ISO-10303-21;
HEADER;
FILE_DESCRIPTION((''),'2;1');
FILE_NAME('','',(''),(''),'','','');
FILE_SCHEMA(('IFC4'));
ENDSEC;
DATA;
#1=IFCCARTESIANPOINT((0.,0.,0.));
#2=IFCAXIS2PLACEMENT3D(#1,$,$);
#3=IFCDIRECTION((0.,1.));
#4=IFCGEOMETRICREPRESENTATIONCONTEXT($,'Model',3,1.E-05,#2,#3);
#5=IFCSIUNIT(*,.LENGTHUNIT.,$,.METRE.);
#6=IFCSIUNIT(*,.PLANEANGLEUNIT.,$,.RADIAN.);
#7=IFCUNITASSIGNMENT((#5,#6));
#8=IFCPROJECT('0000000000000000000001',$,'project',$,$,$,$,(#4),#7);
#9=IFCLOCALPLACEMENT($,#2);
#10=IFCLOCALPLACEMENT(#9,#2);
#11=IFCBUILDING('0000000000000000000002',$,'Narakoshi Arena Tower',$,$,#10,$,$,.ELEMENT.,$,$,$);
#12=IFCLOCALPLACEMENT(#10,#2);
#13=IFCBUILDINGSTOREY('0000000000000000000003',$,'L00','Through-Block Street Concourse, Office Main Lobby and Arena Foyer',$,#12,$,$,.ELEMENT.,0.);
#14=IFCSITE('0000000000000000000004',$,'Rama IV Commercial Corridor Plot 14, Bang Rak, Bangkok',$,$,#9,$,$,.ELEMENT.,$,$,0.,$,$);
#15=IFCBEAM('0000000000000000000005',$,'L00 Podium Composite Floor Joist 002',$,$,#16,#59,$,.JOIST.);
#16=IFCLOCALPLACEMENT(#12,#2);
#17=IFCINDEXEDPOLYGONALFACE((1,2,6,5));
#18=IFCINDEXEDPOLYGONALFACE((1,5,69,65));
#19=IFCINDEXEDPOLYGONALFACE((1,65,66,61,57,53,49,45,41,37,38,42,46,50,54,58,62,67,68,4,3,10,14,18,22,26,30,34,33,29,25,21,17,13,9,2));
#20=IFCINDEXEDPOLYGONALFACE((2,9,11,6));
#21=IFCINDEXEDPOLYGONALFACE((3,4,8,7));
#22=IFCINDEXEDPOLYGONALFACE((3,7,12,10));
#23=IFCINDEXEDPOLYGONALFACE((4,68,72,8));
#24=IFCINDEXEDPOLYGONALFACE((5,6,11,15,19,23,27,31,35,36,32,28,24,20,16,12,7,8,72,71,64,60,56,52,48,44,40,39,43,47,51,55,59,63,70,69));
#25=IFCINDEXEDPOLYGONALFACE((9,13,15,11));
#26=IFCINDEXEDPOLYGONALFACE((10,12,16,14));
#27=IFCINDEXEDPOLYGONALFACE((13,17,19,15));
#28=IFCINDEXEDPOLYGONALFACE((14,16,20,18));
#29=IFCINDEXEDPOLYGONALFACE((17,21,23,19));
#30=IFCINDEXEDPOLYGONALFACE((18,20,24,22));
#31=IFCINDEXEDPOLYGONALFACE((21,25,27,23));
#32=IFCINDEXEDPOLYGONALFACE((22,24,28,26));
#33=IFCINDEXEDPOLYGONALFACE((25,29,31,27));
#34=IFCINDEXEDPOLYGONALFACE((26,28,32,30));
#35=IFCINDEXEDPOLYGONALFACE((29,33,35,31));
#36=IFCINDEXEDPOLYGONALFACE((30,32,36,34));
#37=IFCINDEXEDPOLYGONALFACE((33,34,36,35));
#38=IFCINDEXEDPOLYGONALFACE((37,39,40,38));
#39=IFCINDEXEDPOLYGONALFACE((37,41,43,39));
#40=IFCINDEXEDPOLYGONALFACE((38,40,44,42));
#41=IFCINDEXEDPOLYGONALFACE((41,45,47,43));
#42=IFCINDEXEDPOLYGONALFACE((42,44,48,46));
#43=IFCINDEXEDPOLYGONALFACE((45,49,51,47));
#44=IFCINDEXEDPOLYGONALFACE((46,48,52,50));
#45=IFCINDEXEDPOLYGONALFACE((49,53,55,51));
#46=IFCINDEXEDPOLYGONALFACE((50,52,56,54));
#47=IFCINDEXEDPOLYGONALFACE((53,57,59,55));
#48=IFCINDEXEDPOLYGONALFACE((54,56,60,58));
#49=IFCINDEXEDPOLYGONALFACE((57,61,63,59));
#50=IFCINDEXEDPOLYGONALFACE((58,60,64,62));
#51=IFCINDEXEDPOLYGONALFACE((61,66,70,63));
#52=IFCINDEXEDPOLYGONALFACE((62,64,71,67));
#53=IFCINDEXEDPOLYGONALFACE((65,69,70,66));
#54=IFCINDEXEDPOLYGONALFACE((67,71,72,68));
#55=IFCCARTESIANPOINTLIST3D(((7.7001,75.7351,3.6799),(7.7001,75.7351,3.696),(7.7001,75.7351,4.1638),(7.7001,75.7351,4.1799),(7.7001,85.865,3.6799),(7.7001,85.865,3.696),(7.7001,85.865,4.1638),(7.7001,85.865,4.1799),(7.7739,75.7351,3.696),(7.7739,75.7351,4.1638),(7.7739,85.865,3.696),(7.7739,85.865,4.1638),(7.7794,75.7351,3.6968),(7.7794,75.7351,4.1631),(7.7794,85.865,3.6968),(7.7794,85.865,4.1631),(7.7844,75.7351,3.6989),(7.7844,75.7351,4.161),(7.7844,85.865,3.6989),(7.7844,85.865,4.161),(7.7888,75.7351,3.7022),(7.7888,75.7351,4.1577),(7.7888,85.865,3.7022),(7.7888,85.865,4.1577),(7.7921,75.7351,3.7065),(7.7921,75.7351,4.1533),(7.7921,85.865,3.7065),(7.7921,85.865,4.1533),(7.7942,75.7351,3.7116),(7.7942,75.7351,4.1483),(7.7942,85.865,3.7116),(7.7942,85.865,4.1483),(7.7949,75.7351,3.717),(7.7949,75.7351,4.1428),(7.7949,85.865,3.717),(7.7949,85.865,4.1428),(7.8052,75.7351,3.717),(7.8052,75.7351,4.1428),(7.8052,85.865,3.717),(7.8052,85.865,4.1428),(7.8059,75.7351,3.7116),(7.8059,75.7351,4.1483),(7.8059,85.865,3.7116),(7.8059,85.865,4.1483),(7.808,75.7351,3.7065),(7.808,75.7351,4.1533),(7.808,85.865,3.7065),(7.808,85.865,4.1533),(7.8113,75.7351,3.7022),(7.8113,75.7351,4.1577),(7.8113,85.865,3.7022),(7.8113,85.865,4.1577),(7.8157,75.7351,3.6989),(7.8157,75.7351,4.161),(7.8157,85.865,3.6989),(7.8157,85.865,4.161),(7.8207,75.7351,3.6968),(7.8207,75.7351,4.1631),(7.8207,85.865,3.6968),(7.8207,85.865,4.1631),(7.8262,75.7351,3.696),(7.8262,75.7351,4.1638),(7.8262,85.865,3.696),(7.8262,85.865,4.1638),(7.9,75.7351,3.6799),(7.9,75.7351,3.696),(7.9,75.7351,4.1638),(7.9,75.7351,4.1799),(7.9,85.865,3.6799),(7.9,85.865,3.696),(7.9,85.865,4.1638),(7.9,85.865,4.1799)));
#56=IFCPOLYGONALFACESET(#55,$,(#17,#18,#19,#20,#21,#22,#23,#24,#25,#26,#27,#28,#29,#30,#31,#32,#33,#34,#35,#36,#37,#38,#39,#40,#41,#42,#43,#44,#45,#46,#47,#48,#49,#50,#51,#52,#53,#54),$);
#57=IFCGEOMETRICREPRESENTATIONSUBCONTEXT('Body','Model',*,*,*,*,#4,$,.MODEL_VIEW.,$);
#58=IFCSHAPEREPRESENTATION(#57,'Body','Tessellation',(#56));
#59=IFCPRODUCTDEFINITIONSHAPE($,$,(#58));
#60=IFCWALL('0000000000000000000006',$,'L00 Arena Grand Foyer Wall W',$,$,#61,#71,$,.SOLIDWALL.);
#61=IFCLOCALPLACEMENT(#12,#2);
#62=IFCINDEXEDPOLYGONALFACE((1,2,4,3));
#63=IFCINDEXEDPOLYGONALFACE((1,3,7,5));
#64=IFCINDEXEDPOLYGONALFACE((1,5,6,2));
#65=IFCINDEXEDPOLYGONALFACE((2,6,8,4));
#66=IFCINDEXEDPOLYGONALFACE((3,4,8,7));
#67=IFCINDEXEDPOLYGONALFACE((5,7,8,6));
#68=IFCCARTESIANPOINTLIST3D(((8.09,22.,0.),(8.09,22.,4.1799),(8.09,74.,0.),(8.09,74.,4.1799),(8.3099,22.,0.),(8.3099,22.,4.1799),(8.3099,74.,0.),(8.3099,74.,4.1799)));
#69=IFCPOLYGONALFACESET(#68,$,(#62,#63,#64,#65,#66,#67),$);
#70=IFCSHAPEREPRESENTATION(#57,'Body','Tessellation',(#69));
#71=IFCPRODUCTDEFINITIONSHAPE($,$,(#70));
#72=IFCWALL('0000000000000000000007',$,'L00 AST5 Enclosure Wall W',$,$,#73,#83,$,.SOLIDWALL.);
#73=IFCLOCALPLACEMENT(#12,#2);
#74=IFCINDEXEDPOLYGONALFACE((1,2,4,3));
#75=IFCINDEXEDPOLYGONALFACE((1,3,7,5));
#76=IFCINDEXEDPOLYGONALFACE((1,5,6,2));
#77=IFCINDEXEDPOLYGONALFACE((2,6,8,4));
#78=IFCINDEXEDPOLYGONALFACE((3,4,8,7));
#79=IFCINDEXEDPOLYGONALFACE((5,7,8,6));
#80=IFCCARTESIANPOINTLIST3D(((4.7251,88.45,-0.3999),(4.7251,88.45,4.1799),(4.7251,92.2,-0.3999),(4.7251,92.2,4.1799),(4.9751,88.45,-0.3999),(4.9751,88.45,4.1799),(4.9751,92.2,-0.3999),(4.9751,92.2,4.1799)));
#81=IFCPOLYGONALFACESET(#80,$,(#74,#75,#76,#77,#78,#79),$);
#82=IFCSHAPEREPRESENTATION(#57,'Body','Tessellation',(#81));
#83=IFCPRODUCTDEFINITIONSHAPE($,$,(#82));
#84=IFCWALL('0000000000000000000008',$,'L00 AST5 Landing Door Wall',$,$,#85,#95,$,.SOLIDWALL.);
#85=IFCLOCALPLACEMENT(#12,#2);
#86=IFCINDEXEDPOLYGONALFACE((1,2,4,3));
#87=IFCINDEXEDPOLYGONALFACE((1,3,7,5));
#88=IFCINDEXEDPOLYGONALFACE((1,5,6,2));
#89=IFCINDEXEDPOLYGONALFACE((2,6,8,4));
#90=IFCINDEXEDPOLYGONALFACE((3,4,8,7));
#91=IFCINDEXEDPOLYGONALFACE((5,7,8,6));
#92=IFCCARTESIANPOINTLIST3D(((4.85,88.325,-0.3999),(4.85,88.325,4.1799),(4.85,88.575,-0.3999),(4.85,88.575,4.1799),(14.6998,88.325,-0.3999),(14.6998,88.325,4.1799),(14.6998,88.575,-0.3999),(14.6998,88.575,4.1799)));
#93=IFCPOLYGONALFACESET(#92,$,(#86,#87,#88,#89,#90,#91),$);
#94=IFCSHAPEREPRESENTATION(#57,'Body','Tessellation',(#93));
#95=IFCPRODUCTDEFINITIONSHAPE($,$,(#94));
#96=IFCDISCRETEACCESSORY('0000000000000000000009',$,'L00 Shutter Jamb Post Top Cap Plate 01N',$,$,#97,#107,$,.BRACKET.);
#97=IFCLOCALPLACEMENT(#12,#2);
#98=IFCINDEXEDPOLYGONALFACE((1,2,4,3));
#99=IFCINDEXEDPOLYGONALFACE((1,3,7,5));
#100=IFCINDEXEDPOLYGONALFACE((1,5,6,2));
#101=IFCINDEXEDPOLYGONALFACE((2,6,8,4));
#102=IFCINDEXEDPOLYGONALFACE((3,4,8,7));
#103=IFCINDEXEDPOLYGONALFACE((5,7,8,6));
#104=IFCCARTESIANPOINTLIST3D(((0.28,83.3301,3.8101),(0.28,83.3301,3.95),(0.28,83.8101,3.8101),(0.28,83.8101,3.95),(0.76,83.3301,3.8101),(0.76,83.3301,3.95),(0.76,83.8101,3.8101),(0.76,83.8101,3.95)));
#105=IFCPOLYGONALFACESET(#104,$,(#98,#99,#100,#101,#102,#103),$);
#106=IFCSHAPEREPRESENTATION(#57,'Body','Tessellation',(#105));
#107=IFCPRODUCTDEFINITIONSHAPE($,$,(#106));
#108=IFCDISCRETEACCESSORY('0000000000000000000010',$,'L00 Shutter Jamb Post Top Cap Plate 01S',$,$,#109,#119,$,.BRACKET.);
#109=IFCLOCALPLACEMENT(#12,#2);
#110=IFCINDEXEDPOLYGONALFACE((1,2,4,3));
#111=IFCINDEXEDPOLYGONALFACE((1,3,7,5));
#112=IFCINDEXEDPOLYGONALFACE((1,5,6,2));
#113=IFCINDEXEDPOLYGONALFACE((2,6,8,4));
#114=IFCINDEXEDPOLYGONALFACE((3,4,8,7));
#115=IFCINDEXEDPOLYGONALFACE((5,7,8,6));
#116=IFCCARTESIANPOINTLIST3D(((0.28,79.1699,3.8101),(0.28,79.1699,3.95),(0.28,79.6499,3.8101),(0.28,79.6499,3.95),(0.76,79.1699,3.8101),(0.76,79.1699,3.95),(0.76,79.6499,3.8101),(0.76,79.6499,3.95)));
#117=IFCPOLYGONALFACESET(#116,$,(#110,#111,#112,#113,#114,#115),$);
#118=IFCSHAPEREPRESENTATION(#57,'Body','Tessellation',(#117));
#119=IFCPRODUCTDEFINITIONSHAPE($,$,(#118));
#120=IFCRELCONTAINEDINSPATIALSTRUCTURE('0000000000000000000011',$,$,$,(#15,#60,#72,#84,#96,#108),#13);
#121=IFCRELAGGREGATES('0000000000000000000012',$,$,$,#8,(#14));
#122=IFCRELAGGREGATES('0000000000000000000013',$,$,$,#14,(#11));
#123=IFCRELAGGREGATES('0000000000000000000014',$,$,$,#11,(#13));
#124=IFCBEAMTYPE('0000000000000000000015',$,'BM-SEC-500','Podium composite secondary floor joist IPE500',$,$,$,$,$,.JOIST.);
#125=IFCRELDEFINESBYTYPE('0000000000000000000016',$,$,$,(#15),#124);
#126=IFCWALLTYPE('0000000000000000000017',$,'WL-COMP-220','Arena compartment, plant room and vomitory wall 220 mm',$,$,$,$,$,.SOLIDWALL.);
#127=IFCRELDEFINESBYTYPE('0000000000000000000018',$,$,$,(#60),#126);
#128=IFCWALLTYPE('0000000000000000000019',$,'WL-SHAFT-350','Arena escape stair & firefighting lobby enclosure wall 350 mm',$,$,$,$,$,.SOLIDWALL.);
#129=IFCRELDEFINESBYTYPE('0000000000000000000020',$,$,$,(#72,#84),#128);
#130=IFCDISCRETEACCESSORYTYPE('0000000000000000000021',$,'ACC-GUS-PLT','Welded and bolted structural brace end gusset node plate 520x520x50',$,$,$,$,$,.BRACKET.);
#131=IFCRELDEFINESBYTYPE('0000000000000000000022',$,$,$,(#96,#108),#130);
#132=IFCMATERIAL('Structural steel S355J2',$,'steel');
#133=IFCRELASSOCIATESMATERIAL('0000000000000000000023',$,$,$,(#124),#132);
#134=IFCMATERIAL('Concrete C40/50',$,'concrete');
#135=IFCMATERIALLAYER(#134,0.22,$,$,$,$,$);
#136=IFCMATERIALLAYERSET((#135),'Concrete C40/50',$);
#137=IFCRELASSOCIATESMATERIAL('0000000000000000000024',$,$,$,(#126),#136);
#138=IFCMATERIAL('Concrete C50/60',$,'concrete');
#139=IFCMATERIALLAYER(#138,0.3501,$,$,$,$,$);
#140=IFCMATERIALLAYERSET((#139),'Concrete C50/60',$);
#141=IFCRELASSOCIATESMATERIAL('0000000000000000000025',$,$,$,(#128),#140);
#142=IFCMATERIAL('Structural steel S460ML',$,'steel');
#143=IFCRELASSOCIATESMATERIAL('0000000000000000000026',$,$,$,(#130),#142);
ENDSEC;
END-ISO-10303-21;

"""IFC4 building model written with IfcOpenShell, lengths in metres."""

from ifc_helpers import new_model, si_unit, direction, frame, frame_2d, origin, origin_2d, place, context, subcontext, project, spatial, rectangle, i_section, extrude, material, layer, layer_set, material_profile, profile_set, type_object, element, save


model = new_model("IFC4")

# Units and contexts
model_context = context("Model", 3, precision=1e-05, world=origin(), true_north=direction((0.0, 1.0)))
body_context = subcontext(model_context, "Body", "Model", "MODEL_VIEW")
ifc_project = project(units=[si_unit("LENGTHUNIT", "METRE"), si_unit("PLANEANGLEUNIT", "RADIAN")], contexts=[model_context])

# Site, building, storey
site_placement = place(None, origin())
site = spatial("IfcSite", under=ifc_project, at=site_placement, Name="Rama IV Commercial Corridor Plot 14, Bang Rak, Bangkok", CompositionType="ELEMENT", RefElevation=0.0)
building_placement = place(site_placement, origin())
building = spatial("IfcBuilding", under=site, at=building_placement, Name="Narakoshi Arena Tower", CompositionType="ELEMENT")
storey_placement = place(building_placement, origin())
storey = spatial("IfcBuildingStorey", under=building, at=storey_placement, Name="L00", Description="Through-Block Street Concourse, Office Main Lobby and Arena Foyer", CompositionType="ELEMENT", Elevation=0.0)

# Shared definitions
ifc_material_1 = material(Name="Concrete C50/60", Category="concrete")
ifc_material_2 = material(Name="Structural steel S355J2", Category="steel")

# Beam
ifc_material_profile_1 = material_profile(ifc_material_2, i_section(OverallWidth=0.2, OverallDepth=0.5, WebThickness=0.0103, FlangeThickness=0.0161, FilletRadius=0.021, at=origin_2d()), Name="IPE500")
ifc_profile_set_1 = profile_set([ifc_material_profile_1], Name="Structural steel S355J2")
beam_type_1 = type_object("IfcBeamType", Name="BM-SEC-500", Description="Podium composite secondary floor joist IPE500", PredefinedType="JOIST", material=ifc_profile_set_1)
beam_1_placement = place(storey_placement, frame((7.8, 75.7351, 3.9299), z_axis=(0.0, 1.0, 0.0), x_axis=(-1.0, 0.0, 0.0)))
element("IfcBeam", 1, at=beam_1_placement, inside=storey, type_object=beam_type_1, Name="L00 Podium Composite Floor Joist 002", PredefinedType="JOIST", context=body_context, shape_type="SweptSolid", body=[
    extrude(i_section(OverallWidth=0.2, OverallDepth=0.5, WebThickness=0.0103, FlangeThickness=0.0161, FilletRadius=0.021, at=origin_2d()), origin(), (0.0, 0.0, 1.0), 10.1299),
])

# Walls
ifc_material_3 = material(Name="Concrete C40/50", Category="concrete")
ifc_layer_1 = layer(ifc_material_3, 0.22)
ifc_layer_set_1 = layer_set([ifc_layer_1], Name="Concrete C40/50")
wall_type_1 = type_object("IfcWallType", Name="WL-COMP-220", Description="Arena compartment, plant room and vomitory wall 220 mm", PredefinedType="SOLIDWALL", material=ifc_layer_set_1)
wall_1_placement = place(storey_placement, frame((8.2, 74.0, 0.0), z_axis=(0.0, 0.0, 1.0), x_axis=(0.0, -1.0, 0.0)))
element("IfcWall", 2, at=wall_1_placement, inside=storey, type_object=wall_type_1, Name="L00 Arena Grand Foyer Wall W", PredefinedType="SOLIDWALL", context=body_context, shape_type="SweptSolid", body=[
    extrude(rectangle(XDim=52.0, YDim=0.22, at=frame_2d((26.0, 0.0))), origin(), (0.0, 0.0, 1.0), 4.1799),
])
ifc_layer_2 = layer(ifc_material_1, 0.3501)
ifc_layer_set_2 = layer_set([ifc_layer_2], Name="Concrete C50/60")
wall_type_2 = type_object("IfcWallType", Name="WL-SHAFT-350", Description="Arena escape stair & firefighting lobby enclosure wall 350 mm", PredefinedType="SOLIDWALL", material=ifc_layer_set_2)
wall_2_placement = place(storey_placement, frame((4.8501, 88.45, -0.3999), z_axis=(0.0, 0.0, 1.0), x_axis=(0.0, 1.0, 0.0)))
element("IfcWall", 3, at=wall_2_placement, inside=storey, type_object=wall_type_2, Name="L00 AST5 Enclosure Wall W", PredefinedType="SOLIDWALL", context=body_context, shape_type="SweptSolid", body=[
    extrude(rectangle(XDim=3.75, YDim=0.25, at=frame_2d((1.875, 0.0))), origin(), (0.0, 0.0, 1.0), 4.5798),
])
wall_3_placement = place(storey_placement, frame((4.8501, 88.45, -0.3999), z_axis=(0.0, 0.0, 1.0), x_axis=(1.0, 0.0, 0.0)))
element("IfcWall", 4, at=wall_3_placement, inside=storey, type_object=wall_type_2, Name="L00 AST5 Landing Door Wall", PredefinedType="SOLIDWALL", context=body_context, shape_type="SweptSolid", body=[
    extrude(rectangle(XDim=9.8499, YDim=0.25, at=frame_2d((4.9248, 0.0))), origin(), (0.0, 0.0, 1.0), 4.5798),
])

# Discrete accessories
ifc_material_4 = material(Name="Structural steel S460ML", Category="steel")
discrete_accessory_type = type_object("IfcDiscreteAccessoryType", Name="ACC-GUS-PLT", Description="Welded and bolted structural brace end gusset node plate 520x520x50", PredefinedType="BRACKET", material=ifc_material_4)
for number, where, z_axis, x_axis, name in (
    (5, (0.52, 83.5701, 3.8101), (0.0, 0.0, 1.0), (1.0, 0.0, 0.0), "L00 Shutter Jamb Post Top Cap Plate 01N"),
    (6, (0.52, 79.4099, 3.8101), (0.0, 0.0, 1.0), (1.0, 0.0, 0.0), "L00 Shutter Jamb Post Top Cap Plate 01S"),
):
    element("IfcDiscreteAccessory", number, at=place(storey_placement, frame(where, z_axis=z_axis, x_axis=x_axis)), inside=storey, type_object=discrete_accessory_type, Name=name, PredefinedType="BRACKET", context=body_context, shape_type="SweptSolid", body=[
        extrude(rectangle(XDim=0.48, YDim=0.48, at=origin_2d()), origin(), (0.0, 0.0, 1.0), 0.1399),
    ])

save(model, "model.ifc")
